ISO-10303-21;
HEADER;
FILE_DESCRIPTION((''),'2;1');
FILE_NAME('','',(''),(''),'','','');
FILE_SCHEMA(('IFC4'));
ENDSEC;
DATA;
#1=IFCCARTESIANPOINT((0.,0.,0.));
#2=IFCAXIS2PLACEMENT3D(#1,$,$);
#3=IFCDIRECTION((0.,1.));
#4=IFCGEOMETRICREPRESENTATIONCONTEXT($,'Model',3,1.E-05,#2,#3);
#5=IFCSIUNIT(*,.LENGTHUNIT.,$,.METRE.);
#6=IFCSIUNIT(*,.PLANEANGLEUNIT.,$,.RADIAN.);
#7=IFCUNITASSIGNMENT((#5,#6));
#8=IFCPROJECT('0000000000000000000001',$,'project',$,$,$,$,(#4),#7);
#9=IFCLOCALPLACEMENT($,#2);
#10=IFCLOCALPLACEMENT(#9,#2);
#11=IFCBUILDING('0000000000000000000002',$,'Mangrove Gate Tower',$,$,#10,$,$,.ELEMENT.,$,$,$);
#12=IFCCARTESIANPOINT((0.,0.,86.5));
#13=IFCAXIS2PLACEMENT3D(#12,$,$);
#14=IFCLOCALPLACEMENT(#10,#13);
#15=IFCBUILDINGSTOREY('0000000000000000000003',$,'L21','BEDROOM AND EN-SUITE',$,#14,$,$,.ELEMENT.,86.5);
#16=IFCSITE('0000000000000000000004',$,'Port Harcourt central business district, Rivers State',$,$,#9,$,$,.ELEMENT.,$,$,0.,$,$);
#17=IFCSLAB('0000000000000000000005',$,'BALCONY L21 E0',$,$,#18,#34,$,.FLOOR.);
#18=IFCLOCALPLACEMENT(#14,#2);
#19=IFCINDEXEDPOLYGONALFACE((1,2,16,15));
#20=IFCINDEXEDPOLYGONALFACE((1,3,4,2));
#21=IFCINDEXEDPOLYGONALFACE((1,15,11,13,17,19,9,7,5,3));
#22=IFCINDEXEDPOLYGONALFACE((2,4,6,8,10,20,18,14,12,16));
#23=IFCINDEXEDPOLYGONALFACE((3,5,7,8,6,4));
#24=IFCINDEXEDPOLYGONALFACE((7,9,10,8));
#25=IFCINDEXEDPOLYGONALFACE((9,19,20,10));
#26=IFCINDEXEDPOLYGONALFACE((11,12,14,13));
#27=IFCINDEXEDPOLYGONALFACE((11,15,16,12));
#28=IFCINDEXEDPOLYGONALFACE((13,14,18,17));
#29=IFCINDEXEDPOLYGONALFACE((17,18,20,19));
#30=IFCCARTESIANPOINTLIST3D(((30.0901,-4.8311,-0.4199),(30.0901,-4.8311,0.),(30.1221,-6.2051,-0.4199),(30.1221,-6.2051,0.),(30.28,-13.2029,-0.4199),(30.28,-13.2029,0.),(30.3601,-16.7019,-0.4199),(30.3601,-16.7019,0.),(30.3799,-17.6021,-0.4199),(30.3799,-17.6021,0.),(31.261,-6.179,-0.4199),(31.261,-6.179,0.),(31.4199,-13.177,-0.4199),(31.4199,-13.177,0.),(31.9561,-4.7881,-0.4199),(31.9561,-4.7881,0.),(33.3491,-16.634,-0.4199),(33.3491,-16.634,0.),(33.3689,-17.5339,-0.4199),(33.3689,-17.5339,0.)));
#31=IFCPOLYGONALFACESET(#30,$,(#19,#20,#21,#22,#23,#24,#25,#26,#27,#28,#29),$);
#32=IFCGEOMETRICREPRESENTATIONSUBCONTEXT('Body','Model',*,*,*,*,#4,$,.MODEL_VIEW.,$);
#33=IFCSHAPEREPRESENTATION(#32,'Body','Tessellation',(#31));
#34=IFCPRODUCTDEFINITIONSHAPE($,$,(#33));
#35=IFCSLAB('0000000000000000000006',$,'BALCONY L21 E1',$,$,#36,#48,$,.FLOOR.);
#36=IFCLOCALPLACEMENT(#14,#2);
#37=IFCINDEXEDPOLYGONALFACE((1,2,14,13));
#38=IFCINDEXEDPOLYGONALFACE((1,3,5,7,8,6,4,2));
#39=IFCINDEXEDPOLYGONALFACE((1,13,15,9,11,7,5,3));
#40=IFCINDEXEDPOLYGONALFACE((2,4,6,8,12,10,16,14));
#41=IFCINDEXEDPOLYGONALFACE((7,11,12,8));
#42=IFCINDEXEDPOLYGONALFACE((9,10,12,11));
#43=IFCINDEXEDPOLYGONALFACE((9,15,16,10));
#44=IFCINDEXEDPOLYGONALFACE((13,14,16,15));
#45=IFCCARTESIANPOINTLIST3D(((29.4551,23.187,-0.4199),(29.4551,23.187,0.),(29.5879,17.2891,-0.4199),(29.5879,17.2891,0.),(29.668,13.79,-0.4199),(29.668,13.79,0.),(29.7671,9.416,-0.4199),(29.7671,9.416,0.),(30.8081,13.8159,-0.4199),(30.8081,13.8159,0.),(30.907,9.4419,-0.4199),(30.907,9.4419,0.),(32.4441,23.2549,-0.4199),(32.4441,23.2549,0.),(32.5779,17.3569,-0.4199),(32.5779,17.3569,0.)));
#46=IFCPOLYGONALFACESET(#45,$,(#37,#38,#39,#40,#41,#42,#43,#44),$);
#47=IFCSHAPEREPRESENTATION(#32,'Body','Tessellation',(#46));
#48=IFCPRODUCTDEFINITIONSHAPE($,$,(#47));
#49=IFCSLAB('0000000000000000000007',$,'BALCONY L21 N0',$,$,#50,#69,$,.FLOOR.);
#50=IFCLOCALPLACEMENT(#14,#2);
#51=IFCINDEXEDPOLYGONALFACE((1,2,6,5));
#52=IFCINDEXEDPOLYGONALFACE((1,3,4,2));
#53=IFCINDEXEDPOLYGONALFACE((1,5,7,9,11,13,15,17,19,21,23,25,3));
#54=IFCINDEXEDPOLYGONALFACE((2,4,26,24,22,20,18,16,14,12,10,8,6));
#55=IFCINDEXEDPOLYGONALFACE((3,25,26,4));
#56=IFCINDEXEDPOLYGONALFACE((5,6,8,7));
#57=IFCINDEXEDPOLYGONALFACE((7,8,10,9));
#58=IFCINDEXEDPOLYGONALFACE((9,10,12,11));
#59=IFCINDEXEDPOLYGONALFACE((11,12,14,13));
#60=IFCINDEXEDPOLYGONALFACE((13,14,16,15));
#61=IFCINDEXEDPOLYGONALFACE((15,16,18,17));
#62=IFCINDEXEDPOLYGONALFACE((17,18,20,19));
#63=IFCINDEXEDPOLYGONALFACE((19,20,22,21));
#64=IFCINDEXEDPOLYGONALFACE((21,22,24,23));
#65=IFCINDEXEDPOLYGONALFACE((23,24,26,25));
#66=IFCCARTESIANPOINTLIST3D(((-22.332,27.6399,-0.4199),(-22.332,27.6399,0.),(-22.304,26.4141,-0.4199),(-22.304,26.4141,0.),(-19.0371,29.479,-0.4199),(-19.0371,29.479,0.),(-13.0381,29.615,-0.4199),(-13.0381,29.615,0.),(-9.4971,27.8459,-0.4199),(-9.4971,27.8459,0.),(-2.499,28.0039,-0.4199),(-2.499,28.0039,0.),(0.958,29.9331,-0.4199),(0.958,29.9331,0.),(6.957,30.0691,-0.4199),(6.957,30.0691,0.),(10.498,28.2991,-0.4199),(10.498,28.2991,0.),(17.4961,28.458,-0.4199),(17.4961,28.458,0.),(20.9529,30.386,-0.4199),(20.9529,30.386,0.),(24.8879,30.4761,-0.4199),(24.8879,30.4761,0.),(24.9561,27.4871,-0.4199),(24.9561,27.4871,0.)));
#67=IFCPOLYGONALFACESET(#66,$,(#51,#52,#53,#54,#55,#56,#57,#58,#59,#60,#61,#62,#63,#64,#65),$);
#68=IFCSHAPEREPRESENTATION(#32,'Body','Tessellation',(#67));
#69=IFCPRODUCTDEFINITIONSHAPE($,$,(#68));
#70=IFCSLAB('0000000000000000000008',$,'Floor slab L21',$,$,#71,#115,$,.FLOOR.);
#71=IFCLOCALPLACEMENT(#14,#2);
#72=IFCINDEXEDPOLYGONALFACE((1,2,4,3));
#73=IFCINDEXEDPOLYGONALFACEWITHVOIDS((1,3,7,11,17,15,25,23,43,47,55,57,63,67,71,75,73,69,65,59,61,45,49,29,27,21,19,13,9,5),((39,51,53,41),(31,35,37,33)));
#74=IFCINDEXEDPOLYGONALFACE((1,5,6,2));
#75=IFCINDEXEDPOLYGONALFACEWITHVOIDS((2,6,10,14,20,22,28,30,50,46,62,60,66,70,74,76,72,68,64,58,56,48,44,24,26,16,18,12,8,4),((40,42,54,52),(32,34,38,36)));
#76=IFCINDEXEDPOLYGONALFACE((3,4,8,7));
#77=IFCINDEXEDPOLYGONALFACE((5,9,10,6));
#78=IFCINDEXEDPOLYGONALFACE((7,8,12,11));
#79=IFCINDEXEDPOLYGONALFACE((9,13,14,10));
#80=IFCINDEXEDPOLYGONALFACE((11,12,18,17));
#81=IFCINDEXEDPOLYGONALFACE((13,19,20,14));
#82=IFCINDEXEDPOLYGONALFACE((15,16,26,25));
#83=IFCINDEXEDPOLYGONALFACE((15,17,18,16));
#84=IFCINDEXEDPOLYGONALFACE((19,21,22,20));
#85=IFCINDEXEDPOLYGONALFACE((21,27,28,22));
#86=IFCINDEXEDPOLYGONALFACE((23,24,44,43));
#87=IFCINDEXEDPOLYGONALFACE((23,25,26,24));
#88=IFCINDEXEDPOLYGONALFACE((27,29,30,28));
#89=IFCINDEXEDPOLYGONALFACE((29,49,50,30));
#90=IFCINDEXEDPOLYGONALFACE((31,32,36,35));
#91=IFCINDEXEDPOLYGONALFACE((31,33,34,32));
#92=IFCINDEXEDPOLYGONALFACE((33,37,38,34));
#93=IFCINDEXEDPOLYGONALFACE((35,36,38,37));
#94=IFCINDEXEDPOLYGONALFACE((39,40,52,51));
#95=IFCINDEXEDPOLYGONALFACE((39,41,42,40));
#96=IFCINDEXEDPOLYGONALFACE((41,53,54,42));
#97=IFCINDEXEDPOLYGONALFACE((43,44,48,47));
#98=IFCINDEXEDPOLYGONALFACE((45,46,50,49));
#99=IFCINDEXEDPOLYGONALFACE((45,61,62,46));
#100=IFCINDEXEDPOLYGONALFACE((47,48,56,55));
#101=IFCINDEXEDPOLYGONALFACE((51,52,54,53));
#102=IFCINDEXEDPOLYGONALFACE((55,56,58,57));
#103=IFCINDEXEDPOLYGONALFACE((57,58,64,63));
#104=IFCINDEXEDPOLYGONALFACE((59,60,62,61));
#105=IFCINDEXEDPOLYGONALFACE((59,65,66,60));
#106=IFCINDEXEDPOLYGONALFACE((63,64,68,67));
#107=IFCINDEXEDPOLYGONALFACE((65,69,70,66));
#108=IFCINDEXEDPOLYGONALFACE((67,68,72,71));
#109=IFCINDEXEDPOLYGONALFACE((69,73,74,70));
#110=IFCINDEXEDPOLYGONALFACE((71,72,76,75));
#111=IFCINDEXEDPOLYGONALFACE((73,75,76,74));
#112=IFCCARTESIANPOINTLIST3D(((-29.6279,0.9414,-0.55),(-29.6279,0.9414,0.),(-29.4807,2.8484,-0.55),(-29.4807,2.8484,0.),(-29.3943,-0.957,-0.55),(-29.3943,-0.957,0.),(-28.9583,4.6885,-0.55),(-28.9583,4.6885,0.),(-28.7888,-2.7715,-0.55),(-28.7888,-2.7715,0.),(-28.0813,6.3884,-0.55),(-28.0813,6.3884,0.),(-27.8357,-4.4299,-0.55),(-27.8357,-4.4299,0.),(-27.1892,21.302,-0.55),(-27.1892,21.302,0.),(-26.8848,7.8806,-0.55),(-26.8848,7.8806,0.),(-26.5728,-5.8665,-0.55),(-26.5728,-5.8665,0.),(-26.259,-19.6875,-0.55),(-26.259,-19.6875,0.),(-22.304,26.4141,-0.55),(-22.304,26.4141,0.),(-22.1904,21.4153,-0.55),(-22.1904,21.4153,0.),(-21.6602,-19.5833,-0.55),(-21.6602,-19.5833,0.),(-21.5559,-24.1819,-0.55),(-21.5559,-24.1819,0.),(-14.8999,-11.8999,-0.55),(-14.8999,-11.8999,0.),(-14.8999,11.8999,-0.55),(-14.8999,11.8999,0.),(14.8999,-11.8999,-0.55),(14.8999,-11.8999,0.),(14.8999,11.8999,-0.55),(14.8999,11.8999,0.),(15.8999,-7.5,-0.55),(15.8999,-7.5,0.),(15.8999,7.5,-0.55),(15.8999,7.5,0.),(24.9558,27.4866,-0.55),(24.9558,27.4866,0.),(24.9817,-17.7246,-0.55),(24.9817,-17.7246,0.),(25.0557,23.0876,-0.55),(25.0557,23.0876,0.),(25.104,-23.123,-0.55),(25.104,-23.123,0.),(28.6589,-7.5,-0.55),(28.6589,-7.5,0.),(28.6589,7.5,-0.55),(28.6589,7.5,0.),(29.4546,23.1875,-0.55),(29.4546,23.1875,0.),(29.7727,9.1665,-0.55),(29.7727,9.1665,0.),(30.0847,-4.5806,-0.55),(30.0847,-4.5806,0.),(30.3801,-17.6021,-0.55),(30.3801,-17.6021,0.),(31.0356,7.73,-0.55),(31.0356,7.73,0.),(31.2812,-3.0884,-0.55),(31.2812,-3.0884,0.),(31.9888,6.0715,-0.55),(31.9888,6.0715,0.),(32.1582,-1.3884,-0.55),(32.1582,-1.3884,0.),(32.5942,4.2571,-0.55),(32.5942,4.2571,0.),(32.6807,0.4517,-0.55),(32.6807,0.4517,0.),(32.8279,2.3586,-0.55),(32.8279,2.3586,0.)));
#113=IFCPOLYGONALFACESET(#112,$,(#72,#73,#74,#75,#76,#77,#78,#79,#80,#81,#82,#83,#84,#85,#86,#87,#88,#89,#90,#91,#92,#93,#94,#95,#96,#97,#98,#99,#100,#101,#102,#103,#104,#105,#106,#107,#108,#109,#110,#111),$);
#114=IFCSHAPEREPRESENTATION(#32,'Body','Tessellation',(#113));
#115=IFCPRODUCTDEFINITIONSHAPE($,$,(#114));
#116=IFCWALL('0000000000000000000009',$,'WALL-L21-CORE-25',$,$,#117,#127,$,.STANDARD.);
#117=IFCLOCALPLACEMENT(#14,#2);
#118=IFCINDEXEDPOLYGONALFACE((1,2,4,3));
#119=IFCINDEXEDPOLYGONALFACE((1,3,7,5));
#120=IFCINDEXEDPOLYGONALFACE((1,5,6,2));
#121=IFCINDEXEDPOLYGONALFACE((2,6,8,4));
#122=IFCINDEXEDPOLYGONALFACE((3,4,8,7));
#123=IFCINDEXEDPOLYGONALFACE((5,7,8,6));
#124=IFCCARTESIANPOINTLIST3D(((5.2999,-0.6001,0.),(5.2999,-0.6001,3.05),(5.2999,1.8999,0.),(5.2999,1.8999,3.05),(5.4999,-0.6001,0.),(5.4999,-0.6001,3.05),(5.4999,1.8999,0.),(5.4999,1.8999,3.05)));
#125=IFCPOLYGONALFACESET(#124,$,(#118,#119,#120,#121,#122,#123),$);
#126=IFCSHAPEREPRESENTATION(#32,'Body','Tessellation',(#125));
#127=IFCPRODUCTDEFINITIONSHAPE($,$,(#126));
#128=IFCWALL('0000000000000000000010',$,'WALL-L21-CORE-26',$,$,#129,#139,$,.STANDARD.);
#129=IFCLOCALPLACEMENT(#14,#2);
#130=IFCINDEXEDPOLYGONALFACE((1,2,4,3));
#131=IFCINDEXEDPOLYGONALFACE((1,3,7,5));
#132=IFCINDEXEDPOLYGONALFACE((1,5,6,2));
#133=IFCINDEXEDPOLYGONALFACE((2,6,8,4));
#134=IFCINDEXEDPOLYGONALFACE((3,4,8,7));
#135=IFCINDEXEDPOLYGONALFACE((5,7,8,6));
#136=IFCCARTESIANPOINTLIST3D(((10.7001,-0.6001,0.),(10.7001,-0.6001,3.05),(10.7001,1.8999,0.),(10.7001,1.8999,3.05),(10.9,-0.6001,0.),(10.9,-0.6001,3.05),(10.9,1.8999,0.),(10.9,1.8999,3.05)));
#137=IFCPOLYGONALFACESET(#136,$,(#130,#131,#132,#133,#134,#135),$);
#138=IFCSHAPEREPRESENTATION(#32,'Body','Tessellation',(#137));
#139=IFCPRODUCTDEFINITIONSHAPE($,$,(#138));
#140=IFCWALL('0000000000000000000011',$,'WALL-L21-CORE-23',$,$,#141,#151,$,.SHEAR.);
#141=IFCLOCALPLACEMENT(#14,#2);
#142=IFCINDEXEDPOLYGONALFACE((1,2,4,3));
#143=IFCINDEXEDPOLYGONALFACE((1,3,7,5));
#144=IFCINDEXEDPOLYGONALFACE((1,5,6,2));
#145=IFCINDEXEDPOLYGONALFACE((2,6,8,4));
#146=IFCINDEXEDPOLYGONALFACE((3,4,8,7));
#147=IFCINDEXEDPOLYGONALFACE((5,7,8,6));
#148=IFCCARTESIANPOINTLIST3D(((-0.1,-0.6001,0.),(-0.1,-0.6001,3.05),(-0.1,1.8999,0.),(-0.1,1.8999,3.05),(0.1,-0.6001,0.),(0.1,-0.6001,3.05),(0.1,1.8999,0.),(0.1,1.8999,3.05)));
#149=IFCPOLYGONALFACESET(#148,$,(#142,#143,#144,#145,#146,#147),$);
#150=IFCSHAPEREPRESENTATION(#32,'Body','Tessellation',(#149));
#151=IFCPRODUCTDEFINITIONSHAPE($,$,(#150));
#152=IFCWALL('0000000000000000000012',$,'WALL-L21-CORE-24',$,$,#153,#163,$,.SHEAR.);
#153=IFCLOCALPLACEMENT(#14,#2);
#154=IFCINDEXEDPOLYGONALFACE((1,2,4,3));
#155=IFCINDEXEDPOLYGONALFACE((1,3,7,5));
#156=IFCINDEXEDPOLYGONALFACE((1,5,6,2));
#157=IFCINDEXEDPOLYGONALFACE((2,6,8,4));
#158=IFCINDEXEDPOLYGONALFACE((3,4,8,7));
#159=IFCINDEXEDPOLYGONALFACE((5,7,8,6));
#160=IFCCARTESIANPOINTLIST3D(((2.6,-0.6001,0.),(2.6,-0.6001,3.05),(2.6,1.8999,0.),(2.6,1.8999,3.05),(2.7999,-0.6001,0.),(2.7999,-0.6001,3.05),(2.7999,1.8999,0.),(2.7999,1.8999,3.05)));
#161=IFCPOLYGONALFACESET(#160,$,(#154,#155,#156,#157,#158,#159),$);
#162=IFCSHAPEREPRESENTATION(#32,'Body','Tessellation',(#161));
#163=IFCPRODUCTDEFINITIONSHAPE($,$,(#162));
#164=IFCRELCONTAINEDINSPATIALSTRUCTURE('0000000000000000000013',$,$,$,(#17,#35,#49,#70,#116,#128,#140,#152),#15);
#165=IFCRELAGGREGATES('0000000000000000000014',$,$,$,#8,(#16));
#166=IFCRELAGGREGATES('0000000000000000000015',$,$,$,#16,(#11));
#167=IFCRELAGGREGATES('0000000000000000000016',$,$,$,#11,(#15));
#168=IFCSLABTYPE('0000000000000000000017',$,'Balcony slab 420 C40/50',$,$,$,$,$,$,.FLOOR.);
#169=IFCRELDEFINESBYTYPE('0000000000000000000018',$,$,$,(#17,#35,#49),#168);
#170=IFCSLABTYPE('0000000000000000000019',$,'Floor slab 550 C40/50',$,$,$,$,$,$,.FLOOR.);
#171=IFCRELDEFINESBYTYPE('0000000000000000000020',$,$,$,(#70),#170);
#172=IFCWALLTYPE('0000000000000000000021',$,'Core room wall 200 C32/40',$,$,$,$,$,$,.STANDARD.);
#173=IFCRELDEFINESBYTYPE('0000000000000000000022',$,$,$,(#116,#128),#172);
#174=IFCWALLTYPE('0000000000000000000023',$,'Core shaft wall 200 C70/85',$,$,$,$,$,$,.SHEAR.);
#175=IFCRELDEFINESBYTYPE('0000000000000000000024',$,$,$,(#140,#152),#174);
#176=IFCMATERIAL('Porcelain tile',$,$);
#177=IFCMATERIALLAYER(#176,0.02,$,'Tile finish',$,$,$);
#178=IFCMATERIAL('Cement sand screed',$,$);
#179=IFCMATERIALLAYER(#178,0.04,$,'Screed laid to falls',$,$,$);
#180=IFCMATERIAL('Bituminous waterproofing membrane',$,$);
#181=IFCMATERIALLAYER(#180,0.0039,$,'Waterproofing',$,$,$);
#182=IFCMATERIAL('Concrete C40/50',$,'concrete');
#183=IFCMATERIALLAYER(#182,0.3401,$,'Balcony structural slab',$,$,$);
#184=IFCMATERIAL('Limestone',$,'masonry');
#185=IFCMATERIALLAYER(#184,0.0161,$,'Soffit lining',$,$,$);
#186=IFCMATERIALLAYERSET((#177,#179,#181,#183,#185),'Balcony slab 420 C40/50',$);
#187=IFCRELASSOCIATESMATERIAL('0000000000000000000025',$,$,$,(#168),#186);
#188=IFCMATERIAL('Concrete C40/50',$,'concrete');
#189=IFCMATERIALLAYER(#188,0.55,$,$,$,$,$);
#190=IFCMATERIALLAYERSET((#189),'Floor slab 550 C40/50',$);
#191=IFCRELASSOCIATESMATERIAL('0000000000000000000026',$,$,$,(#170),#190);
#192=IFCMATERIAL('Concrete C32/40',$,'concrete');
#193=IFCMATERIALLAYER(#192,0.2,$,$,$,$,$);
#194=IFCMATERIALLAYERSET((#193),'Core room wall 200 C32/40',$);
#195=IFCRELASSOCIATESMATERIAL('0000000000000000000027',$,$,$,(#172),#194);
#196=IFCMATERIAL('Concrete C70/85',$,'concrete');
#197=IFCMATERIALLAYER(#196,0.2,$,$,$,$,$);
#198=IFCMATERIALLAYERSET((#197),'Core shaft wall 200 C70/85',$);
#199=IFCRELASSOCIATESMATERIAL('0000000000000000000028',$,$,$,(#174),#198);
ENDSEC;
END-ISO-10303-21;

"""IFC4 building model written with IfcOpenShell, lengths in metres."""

from ifc_helpers import new_model, si_unit, direction, frame, frame_2d, origin, place, context, subcontext, project, spatial, polyline, rectangle, outline, extrude, material, layer, layer_set, type_object, element, save


model = new_model("IFC4")

# Units and contexts
model_context = context("Model", 3, precision=1e-05, world=origin(), true_north=direction((0.0, 1.0)))
body_context = subcontext(model_context, "Body", "Model", "MODEL_VIEW")
ifc_project = project(units=[si_unit("LENGTHUNIT", "METRE"), si_unit("PLANEANGLEUNIT", "RADIAN")], contexts=[model_context])

# Site, building, storey
site_placement = place(None, origin())
site = spatial("IfcSite", under=ifc_project, at=site_placement, Name="Port Harcourt central business district, Rivers State", CompositionType="ELEMENT", RefElevation=0.0)
building_placement = place(site_placement, origin())
building = spatial("IfcBuilding", under=site, at=building_placement, Name="Mangrove Gate Tower", CompositionType="ELEMENT")
storey_placement = place(building_placement, frame((0.0, 0.0, 86.5)))
storey = spatial("IfcBuildingStorey", under=building, at=storey_placement, Name="L21", Description="BEDROOM AND EN-SUITE", CompositionType="ELEMENT", Elevation=86.5)

# Slabs
ifc_material_1 = material(Name="Porcelain tile")
ifc_layer_1 = layer(ifc_material_1, 0.02, Name="Tile finish")
ifc_material_2 = material(Name="Cement sand screed")
ifc_layer_2 = layer(ifc_material_2, 0.04, Name="Screed laid to falls")
ifc_material_3 = material(Name="Bituminous waterproofing membrane")
ifc_layer_3 = layer(ifc_material_3, 0.0039, Name="Waterproofing")
ifc_material_4 = material(Name="Concrete C40/50", Category="concrete")
ifc_layer_4 = layer(ifc_material_4, 0.3401, Name="Balcony structural slab")
ifc_material_5 = material(Name="Limestone", Category="masonry")
ifc_layer_5 = layer(ifc_material_5, 0.0161, Name="Soffit lining")
ifc_layer_set_1 = layer_set([ifc_layer_1, ifc_layer_2, ifc_layer_3, ifc_layer_4, ifc_layer_5], Name="Balcony slab 420 C40/50")
slab_type_1 = type_object("IfcSlabType", Name="Balcony slab 420 C40/50", PredefinedType="FLOOR", material=ifc_layer_set_1)
slab_1_placement = place(storey_placement, frame((0.0, 0.0, -0.4199)))
element("IfcSlab", 1, at=slab_1_placement, inside=storey, type_object=slab_type_1, Name="BALCONY L21 E0", PredefinedType="FLOOR", context=body_context, shape_type="SweptSolid", body=[
    extrude(outline(polyline([(33.3689, -17.5339), (33.3491, -16.634), (31.4199, -13.177), (31.261, -6.179), (31.9561, -4.7881), (30.0901, -4.8311), (30.1221, -6.2051), (30.28, -13.2029), (30.3601, -16.7019), (30.3799, -17.6021), (33.3689, -17.5339)])), origin(), (0.0, 0.0, 1.0), 0.4199),
])
slab_2_placement = place(storey_placement, frame((0.0, 0.0, -0.4199)))
element("IfcSlab", 2, at=slab_2_placement, inside=storey, type_object=slab_type_1, Name="BALCONY L21 E1", PredefinedType="FLOOR", context=body_context, shape_type="SweptSolid", body=[
    extrude(outline(polyline([(30.907, 9.4419), (30.8081, 13.8159), (32.5779, 17.3569), (32.4441, 23.2549), (29.4551, 23.187), (29.5879, 17.2891), (29.668, 13.79), (29.7671, 9.416), (30.907, 9.4419)])), origin(), (0.0, 0.0, 1.0), 0.4199),
])
slab_3_placement = place(storey_placement, frame((0.0, 0.0, -0.4199)))
element("IfcSlab", 3, at=slab_3_placement, inside=storey, type_object=slab_type_1, Name="BALCONY L21 N0", PredefinedType="FLOOR", context=body_context, shape_type="SweptSolid", body=[
    extrude(outline(polyline([(24.8879, 30.4761), (20.9529, 30.386), (17.4961, 28.458), (10.498, 28.2991), (6.957, 30.0691), (0.958, 29.9331), (-2.499, 28.0039), (-9.4971, 27.8459), (-13.0381, 29.615), (-19.0371, 29.479), (-22.332, 27.6399), (-22.304, 26.4141), (24.9561, 27.4871), (24.8879, 30.4761)])), origin(), (0.0, 0.0, 1.0), 0.4199),
])
ifc_material_6 = material(Name="Concrete C40/50", Category="concrete")
ifc_layer_6 = layer(ifc_material_6, 0.55)
ifc_layer_set_2 = layer_set([ifc_layer_6], Name="Floor slab 550 C40/50")
slab_type_2 = type_object("IfcSlabType", Name="Floor slab 550 C40/50", PredefinedType="FLOOR", material=ifc_layer_set_2)
slab_4_placement = place(storey_placement, frame((0.0, 0.0, -0.55)))
element("IfcSlab", 4, at=slab_4_placement, inside=storey, type_object=slab_type_2, Name="Floor slab L21", PredefinedType="FLOOR", context=body_context, shape_type="SweptSolid", body=[
    extrude(outline(polyline([(-21.5559, -24.1819), (25.104, -23.123), (24.9817, -17.7246), (30.3801, -17.6021), (30.0847, -4.5806), (31.2812, -3.0884), (32.1582, -1.3884), (32.6807, 0.4517), (32.8279, 2.3586), (32.5942, 4.2571), (31.9888, 6.0715), (31.0356, 7.73), (29.7727, 9.1665), (29.4546, 23.1875), (25.0557, 23.0876), (24.9558, 27.4866), (-22.304, 26.4141), (-22.1904, 21.4153), (-27.1892, 21.302), (-26.8848, 7.8806), (-28.0813, 6.3884), (-28.9583, 4.6885), (-29.4807, 2.8484), (-29.6279, 0.9414), (-29.3943, -0.957), (-28.7888, -2.7715), (-27.8357, -4.4299), (-26.5728, -5.8665), (-26.259, -19.6875), (-21.6602, -19.5833), (-21.5559, -24.1819)]), holes=[polyline([(15.8999, 7.5), (28.6589, 7.5), (28.6589, -7.5), (15.8999, -7.5), (15.8999, 7.5)]), polyline([(-14.8999, -11.8999), (-14.8999, 11.8999), (14.8999, 11.8999), (14.8999, -11.8999), (-14.8999, -11.8999)])]), origin(), (0.0, 0.0, 1.0), 0.55),
])

# Walls
ifc_material_7 = material(Name="Concrete C32/40", Category="concrete")
ifc_layer_7 = layer(ifc_material_7, 0.2)
ifc_layer_set_3 = layer_set([ifc_layer_7], Name="Core room wall 200 C32/40")
wall_type_1 = type_object("IfcWallType", Name="Core room wall 200 C32/40", PredefinedType="STANDARD", material=ifc_layer_set_3)
for number, where, z_axis, x_axis, name in (
    (5, (5.3999, -0.6001, 0.0), (0.0, 0.0, 1.0), (0.0, 1.0, 0.0), "WALL-L21-CORE-25"),
    (6, (10.8, -0.6001, 0.0), (0.0, 0.0, 1.0), (0.0, 1.0, 0.0), "WALL-L21-CORE-26"),
):
    element("IfcWall", number, at=place(storey_placement, frame(where, z_axis=z_axis, x_axis=x_axis)), inside=storey, type_object=wall_type_1, Name=name, PredefinedType="STANDARD", context=body_context, shape_type="SweptSolid", body=[
        extrude(rectangle(XDim=2.5, YDim=0.2, at=frame_2d((1.25, 0.0))), origin(), (0.0, 0.0, 1.0), 3.05),
    ])
ifc_material_8 = material(Name="Concrete C70/85", Category="concrete")
ifc_layer_8 = layer(ifc_material_8, 0.2)
ifc_layer_set_4 = layer_set([ifc_layer_8], Name="Core shaft wall 200 C70/85")
wall_type_2 = type_object("IfcWallType", Name="Core shaft wall 200 C70/85", PredefinedType="SHEAR", material=ifc_layer_set_4)
for number, where, z_axis, x_axis, name in (
    (7, (0.0, -0.6001, 0.0), (0.0, 0.0, 1.0), (0.0, 1.0, 0.0), "WALL-L21-CORE-23"),
    (8, (2.7, -0.6001, 0.0), (0.0, 0.0, 1.0), (0.0, 1.0, 0.0), "WALL-L21-CORE-24"),
):
    element("IfcWall", number, at=place(storey_placement, frame(where, z_axis=z_axis, x_axis=x_axis)), inside=storey, type_object=wall_type_2, Name=name, PredefinedType="SHEAR", context=body_context, shape_type="SweptSolid", body=[
        extrude(rectangle(XDim=2.5, YDim=0.2, at=frame_2d((1.25, 0.0))), origin(), (0.0, 0.0, 1.0), 3.05),
    ])

save(model, "model.ifc")
